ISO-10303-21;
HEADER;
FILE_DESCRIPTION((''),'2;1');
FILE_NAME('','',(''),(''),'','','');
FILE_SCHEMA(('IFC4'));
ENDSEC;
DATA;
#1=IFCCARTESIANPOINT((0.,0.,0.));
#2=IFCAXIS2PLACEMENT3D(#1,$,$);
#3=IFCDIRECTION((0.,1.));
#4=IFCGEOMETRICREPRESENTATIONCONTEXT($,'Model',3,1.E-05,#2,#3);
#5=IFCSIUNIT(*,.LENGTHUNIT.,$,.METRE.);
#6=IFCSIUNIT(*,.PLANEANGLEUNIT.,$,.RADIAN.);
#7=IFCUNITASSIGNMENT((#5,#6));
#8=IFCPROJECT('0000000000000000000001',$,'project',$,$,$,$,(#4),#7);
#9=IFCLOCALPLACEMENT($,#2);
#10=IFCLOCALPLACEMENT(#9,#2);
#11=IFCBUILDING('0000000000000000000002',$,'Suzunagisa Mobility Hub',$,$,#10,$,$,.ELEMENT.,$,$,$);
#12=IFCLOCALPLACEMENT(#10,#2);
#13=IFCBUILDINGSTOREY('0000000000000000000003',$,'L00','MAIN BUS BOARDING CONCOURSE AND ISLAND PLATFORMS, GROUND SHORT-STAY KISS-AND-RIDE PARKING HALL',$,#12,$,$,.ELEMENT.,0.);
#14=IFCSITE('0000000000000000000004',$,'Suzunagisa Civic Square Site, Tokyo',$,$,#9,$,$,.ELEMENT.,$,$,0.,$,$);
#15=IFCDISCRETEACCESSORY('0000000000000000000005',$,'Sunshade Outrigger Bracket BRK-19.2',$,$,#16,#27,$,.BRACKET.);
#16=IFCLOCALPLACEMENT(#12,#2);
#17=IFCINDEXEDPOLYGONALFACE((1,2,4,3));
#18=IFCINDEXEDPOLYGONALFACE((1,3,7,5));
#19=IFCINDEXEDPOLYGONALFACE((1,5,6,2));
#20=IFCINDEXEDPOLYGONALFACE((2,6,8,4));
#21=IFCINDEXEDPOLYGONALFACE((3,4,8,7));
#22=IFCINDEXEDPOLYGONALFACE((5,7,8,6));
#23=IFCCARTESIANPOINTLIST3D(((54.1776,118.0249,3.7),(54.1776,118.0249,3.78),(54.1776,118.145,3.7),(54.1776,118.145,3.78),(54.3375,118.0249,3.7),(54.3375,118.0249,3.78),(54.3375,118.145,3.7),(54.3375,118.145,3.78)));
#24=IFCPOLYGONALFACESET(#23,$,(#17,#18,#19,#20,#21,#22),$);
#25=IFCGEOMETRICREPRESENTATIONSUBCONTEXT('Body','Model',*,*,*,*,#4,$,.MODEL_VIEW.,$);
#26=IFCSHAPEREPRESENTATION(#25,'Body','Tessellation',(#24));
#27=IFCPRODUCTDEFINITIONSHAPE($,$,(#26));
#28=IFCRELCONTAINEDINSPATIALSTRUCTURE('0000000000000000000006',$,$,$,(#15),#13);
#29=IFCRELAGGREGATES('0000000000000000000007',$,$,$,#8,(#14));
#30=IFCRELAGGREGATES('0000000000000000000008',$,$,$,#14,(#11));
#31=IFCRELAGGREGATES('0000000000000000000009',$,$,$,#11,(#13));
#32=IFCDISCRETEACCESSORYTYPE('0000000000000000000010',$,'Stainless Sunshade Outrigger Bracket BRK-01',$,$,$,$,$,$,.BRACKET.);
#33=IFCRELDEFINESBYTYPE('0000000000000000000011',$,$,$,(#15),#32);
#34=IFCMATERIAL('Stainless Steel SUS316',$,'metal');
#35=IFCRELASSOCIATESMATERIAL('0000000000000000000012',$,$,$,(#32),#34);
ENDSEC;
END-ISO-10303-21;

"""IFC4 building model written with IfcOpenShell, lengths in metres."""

from ifc_helpers import new_model, si_unit, direction, frame, origin, origin_2d, place, context, subcontext, project, spatial, rectangle, extrude, material, type_object, element, save


model = new_model("IFC4")

# Units and contexts
model_context = context("Model", 3, precision=1e-05, world=origin(), true_north=direction((0.0, 1.0)))
body_context = subcontext(model_context, "Body", "Model", "MODEL_VIEW")
ifc_project = project(units=[si_unit("LENGTHUNIT", "METRE"), si_unit("PLANEANGLEUNIT", "RADIAN")], contexts=[model_context])

# Site, building, storey
site_placement = place(None, origin())
site = spatial("IfcSite", under=ifc_project, at=site_placement, Name="Suzunagisa Civic Square Site, Tokyo", CompositionType="ELEMENT", RefElevation=0.0)
building_placement = place(site_placement, origin())
building = spatial("IfcBuilding", under=site, at=building_placement, Name="Suzunagisa Mobility Hub", CompositionType="ELEMENT")
storey_placement = place(building_placement, origin())
storey = spatial("IfcBuildingStorey", under=building, at=storey_placement, Name="L00", Description="MAIN BUS BOARDING CONCOURSE AND ISLAND PLATFORMS, GROUND SHORT-STAY KISS-AND-RIDE PARKING HALL", CompositionType="ELEMENT", Elevation=0.0)

# Discrete accessory
ifc_material_1 = material(Name="Stainless Steel SUS316", Category="metal")
discrete_accessory_type = type_object("IfcDiscreteAccessoryType", Name="Stainless Sunshade Outrigger Bracket BRK-01", PredefinedType="BRACKET", material=ifc_material_1)
discrete_accessory_placement = place(storey_placement, frame((54.2576, 118.085, 3.7), z_axis=(0.0, 0.0, 1.0), x_axis=(-1.0, 0.0, 0.0)))
element("IfcDiscreteAccessory", 1, at=discrete_accessory_placement, inside=storey, type_object=discrete_accessory_type, Name="Sunshade Outrigger Bracket BRK-19.2", PredefinedType="BRACKET", context=body_context, shape_type="SweptSolid", body=[
    extrude(rectangle(XDim=0.1599, YDim=0.1201, at=origin_2d()), origin(), (0.0, 0.0, 1.0), 0.0801),
])

save(model, "model.ifc")
